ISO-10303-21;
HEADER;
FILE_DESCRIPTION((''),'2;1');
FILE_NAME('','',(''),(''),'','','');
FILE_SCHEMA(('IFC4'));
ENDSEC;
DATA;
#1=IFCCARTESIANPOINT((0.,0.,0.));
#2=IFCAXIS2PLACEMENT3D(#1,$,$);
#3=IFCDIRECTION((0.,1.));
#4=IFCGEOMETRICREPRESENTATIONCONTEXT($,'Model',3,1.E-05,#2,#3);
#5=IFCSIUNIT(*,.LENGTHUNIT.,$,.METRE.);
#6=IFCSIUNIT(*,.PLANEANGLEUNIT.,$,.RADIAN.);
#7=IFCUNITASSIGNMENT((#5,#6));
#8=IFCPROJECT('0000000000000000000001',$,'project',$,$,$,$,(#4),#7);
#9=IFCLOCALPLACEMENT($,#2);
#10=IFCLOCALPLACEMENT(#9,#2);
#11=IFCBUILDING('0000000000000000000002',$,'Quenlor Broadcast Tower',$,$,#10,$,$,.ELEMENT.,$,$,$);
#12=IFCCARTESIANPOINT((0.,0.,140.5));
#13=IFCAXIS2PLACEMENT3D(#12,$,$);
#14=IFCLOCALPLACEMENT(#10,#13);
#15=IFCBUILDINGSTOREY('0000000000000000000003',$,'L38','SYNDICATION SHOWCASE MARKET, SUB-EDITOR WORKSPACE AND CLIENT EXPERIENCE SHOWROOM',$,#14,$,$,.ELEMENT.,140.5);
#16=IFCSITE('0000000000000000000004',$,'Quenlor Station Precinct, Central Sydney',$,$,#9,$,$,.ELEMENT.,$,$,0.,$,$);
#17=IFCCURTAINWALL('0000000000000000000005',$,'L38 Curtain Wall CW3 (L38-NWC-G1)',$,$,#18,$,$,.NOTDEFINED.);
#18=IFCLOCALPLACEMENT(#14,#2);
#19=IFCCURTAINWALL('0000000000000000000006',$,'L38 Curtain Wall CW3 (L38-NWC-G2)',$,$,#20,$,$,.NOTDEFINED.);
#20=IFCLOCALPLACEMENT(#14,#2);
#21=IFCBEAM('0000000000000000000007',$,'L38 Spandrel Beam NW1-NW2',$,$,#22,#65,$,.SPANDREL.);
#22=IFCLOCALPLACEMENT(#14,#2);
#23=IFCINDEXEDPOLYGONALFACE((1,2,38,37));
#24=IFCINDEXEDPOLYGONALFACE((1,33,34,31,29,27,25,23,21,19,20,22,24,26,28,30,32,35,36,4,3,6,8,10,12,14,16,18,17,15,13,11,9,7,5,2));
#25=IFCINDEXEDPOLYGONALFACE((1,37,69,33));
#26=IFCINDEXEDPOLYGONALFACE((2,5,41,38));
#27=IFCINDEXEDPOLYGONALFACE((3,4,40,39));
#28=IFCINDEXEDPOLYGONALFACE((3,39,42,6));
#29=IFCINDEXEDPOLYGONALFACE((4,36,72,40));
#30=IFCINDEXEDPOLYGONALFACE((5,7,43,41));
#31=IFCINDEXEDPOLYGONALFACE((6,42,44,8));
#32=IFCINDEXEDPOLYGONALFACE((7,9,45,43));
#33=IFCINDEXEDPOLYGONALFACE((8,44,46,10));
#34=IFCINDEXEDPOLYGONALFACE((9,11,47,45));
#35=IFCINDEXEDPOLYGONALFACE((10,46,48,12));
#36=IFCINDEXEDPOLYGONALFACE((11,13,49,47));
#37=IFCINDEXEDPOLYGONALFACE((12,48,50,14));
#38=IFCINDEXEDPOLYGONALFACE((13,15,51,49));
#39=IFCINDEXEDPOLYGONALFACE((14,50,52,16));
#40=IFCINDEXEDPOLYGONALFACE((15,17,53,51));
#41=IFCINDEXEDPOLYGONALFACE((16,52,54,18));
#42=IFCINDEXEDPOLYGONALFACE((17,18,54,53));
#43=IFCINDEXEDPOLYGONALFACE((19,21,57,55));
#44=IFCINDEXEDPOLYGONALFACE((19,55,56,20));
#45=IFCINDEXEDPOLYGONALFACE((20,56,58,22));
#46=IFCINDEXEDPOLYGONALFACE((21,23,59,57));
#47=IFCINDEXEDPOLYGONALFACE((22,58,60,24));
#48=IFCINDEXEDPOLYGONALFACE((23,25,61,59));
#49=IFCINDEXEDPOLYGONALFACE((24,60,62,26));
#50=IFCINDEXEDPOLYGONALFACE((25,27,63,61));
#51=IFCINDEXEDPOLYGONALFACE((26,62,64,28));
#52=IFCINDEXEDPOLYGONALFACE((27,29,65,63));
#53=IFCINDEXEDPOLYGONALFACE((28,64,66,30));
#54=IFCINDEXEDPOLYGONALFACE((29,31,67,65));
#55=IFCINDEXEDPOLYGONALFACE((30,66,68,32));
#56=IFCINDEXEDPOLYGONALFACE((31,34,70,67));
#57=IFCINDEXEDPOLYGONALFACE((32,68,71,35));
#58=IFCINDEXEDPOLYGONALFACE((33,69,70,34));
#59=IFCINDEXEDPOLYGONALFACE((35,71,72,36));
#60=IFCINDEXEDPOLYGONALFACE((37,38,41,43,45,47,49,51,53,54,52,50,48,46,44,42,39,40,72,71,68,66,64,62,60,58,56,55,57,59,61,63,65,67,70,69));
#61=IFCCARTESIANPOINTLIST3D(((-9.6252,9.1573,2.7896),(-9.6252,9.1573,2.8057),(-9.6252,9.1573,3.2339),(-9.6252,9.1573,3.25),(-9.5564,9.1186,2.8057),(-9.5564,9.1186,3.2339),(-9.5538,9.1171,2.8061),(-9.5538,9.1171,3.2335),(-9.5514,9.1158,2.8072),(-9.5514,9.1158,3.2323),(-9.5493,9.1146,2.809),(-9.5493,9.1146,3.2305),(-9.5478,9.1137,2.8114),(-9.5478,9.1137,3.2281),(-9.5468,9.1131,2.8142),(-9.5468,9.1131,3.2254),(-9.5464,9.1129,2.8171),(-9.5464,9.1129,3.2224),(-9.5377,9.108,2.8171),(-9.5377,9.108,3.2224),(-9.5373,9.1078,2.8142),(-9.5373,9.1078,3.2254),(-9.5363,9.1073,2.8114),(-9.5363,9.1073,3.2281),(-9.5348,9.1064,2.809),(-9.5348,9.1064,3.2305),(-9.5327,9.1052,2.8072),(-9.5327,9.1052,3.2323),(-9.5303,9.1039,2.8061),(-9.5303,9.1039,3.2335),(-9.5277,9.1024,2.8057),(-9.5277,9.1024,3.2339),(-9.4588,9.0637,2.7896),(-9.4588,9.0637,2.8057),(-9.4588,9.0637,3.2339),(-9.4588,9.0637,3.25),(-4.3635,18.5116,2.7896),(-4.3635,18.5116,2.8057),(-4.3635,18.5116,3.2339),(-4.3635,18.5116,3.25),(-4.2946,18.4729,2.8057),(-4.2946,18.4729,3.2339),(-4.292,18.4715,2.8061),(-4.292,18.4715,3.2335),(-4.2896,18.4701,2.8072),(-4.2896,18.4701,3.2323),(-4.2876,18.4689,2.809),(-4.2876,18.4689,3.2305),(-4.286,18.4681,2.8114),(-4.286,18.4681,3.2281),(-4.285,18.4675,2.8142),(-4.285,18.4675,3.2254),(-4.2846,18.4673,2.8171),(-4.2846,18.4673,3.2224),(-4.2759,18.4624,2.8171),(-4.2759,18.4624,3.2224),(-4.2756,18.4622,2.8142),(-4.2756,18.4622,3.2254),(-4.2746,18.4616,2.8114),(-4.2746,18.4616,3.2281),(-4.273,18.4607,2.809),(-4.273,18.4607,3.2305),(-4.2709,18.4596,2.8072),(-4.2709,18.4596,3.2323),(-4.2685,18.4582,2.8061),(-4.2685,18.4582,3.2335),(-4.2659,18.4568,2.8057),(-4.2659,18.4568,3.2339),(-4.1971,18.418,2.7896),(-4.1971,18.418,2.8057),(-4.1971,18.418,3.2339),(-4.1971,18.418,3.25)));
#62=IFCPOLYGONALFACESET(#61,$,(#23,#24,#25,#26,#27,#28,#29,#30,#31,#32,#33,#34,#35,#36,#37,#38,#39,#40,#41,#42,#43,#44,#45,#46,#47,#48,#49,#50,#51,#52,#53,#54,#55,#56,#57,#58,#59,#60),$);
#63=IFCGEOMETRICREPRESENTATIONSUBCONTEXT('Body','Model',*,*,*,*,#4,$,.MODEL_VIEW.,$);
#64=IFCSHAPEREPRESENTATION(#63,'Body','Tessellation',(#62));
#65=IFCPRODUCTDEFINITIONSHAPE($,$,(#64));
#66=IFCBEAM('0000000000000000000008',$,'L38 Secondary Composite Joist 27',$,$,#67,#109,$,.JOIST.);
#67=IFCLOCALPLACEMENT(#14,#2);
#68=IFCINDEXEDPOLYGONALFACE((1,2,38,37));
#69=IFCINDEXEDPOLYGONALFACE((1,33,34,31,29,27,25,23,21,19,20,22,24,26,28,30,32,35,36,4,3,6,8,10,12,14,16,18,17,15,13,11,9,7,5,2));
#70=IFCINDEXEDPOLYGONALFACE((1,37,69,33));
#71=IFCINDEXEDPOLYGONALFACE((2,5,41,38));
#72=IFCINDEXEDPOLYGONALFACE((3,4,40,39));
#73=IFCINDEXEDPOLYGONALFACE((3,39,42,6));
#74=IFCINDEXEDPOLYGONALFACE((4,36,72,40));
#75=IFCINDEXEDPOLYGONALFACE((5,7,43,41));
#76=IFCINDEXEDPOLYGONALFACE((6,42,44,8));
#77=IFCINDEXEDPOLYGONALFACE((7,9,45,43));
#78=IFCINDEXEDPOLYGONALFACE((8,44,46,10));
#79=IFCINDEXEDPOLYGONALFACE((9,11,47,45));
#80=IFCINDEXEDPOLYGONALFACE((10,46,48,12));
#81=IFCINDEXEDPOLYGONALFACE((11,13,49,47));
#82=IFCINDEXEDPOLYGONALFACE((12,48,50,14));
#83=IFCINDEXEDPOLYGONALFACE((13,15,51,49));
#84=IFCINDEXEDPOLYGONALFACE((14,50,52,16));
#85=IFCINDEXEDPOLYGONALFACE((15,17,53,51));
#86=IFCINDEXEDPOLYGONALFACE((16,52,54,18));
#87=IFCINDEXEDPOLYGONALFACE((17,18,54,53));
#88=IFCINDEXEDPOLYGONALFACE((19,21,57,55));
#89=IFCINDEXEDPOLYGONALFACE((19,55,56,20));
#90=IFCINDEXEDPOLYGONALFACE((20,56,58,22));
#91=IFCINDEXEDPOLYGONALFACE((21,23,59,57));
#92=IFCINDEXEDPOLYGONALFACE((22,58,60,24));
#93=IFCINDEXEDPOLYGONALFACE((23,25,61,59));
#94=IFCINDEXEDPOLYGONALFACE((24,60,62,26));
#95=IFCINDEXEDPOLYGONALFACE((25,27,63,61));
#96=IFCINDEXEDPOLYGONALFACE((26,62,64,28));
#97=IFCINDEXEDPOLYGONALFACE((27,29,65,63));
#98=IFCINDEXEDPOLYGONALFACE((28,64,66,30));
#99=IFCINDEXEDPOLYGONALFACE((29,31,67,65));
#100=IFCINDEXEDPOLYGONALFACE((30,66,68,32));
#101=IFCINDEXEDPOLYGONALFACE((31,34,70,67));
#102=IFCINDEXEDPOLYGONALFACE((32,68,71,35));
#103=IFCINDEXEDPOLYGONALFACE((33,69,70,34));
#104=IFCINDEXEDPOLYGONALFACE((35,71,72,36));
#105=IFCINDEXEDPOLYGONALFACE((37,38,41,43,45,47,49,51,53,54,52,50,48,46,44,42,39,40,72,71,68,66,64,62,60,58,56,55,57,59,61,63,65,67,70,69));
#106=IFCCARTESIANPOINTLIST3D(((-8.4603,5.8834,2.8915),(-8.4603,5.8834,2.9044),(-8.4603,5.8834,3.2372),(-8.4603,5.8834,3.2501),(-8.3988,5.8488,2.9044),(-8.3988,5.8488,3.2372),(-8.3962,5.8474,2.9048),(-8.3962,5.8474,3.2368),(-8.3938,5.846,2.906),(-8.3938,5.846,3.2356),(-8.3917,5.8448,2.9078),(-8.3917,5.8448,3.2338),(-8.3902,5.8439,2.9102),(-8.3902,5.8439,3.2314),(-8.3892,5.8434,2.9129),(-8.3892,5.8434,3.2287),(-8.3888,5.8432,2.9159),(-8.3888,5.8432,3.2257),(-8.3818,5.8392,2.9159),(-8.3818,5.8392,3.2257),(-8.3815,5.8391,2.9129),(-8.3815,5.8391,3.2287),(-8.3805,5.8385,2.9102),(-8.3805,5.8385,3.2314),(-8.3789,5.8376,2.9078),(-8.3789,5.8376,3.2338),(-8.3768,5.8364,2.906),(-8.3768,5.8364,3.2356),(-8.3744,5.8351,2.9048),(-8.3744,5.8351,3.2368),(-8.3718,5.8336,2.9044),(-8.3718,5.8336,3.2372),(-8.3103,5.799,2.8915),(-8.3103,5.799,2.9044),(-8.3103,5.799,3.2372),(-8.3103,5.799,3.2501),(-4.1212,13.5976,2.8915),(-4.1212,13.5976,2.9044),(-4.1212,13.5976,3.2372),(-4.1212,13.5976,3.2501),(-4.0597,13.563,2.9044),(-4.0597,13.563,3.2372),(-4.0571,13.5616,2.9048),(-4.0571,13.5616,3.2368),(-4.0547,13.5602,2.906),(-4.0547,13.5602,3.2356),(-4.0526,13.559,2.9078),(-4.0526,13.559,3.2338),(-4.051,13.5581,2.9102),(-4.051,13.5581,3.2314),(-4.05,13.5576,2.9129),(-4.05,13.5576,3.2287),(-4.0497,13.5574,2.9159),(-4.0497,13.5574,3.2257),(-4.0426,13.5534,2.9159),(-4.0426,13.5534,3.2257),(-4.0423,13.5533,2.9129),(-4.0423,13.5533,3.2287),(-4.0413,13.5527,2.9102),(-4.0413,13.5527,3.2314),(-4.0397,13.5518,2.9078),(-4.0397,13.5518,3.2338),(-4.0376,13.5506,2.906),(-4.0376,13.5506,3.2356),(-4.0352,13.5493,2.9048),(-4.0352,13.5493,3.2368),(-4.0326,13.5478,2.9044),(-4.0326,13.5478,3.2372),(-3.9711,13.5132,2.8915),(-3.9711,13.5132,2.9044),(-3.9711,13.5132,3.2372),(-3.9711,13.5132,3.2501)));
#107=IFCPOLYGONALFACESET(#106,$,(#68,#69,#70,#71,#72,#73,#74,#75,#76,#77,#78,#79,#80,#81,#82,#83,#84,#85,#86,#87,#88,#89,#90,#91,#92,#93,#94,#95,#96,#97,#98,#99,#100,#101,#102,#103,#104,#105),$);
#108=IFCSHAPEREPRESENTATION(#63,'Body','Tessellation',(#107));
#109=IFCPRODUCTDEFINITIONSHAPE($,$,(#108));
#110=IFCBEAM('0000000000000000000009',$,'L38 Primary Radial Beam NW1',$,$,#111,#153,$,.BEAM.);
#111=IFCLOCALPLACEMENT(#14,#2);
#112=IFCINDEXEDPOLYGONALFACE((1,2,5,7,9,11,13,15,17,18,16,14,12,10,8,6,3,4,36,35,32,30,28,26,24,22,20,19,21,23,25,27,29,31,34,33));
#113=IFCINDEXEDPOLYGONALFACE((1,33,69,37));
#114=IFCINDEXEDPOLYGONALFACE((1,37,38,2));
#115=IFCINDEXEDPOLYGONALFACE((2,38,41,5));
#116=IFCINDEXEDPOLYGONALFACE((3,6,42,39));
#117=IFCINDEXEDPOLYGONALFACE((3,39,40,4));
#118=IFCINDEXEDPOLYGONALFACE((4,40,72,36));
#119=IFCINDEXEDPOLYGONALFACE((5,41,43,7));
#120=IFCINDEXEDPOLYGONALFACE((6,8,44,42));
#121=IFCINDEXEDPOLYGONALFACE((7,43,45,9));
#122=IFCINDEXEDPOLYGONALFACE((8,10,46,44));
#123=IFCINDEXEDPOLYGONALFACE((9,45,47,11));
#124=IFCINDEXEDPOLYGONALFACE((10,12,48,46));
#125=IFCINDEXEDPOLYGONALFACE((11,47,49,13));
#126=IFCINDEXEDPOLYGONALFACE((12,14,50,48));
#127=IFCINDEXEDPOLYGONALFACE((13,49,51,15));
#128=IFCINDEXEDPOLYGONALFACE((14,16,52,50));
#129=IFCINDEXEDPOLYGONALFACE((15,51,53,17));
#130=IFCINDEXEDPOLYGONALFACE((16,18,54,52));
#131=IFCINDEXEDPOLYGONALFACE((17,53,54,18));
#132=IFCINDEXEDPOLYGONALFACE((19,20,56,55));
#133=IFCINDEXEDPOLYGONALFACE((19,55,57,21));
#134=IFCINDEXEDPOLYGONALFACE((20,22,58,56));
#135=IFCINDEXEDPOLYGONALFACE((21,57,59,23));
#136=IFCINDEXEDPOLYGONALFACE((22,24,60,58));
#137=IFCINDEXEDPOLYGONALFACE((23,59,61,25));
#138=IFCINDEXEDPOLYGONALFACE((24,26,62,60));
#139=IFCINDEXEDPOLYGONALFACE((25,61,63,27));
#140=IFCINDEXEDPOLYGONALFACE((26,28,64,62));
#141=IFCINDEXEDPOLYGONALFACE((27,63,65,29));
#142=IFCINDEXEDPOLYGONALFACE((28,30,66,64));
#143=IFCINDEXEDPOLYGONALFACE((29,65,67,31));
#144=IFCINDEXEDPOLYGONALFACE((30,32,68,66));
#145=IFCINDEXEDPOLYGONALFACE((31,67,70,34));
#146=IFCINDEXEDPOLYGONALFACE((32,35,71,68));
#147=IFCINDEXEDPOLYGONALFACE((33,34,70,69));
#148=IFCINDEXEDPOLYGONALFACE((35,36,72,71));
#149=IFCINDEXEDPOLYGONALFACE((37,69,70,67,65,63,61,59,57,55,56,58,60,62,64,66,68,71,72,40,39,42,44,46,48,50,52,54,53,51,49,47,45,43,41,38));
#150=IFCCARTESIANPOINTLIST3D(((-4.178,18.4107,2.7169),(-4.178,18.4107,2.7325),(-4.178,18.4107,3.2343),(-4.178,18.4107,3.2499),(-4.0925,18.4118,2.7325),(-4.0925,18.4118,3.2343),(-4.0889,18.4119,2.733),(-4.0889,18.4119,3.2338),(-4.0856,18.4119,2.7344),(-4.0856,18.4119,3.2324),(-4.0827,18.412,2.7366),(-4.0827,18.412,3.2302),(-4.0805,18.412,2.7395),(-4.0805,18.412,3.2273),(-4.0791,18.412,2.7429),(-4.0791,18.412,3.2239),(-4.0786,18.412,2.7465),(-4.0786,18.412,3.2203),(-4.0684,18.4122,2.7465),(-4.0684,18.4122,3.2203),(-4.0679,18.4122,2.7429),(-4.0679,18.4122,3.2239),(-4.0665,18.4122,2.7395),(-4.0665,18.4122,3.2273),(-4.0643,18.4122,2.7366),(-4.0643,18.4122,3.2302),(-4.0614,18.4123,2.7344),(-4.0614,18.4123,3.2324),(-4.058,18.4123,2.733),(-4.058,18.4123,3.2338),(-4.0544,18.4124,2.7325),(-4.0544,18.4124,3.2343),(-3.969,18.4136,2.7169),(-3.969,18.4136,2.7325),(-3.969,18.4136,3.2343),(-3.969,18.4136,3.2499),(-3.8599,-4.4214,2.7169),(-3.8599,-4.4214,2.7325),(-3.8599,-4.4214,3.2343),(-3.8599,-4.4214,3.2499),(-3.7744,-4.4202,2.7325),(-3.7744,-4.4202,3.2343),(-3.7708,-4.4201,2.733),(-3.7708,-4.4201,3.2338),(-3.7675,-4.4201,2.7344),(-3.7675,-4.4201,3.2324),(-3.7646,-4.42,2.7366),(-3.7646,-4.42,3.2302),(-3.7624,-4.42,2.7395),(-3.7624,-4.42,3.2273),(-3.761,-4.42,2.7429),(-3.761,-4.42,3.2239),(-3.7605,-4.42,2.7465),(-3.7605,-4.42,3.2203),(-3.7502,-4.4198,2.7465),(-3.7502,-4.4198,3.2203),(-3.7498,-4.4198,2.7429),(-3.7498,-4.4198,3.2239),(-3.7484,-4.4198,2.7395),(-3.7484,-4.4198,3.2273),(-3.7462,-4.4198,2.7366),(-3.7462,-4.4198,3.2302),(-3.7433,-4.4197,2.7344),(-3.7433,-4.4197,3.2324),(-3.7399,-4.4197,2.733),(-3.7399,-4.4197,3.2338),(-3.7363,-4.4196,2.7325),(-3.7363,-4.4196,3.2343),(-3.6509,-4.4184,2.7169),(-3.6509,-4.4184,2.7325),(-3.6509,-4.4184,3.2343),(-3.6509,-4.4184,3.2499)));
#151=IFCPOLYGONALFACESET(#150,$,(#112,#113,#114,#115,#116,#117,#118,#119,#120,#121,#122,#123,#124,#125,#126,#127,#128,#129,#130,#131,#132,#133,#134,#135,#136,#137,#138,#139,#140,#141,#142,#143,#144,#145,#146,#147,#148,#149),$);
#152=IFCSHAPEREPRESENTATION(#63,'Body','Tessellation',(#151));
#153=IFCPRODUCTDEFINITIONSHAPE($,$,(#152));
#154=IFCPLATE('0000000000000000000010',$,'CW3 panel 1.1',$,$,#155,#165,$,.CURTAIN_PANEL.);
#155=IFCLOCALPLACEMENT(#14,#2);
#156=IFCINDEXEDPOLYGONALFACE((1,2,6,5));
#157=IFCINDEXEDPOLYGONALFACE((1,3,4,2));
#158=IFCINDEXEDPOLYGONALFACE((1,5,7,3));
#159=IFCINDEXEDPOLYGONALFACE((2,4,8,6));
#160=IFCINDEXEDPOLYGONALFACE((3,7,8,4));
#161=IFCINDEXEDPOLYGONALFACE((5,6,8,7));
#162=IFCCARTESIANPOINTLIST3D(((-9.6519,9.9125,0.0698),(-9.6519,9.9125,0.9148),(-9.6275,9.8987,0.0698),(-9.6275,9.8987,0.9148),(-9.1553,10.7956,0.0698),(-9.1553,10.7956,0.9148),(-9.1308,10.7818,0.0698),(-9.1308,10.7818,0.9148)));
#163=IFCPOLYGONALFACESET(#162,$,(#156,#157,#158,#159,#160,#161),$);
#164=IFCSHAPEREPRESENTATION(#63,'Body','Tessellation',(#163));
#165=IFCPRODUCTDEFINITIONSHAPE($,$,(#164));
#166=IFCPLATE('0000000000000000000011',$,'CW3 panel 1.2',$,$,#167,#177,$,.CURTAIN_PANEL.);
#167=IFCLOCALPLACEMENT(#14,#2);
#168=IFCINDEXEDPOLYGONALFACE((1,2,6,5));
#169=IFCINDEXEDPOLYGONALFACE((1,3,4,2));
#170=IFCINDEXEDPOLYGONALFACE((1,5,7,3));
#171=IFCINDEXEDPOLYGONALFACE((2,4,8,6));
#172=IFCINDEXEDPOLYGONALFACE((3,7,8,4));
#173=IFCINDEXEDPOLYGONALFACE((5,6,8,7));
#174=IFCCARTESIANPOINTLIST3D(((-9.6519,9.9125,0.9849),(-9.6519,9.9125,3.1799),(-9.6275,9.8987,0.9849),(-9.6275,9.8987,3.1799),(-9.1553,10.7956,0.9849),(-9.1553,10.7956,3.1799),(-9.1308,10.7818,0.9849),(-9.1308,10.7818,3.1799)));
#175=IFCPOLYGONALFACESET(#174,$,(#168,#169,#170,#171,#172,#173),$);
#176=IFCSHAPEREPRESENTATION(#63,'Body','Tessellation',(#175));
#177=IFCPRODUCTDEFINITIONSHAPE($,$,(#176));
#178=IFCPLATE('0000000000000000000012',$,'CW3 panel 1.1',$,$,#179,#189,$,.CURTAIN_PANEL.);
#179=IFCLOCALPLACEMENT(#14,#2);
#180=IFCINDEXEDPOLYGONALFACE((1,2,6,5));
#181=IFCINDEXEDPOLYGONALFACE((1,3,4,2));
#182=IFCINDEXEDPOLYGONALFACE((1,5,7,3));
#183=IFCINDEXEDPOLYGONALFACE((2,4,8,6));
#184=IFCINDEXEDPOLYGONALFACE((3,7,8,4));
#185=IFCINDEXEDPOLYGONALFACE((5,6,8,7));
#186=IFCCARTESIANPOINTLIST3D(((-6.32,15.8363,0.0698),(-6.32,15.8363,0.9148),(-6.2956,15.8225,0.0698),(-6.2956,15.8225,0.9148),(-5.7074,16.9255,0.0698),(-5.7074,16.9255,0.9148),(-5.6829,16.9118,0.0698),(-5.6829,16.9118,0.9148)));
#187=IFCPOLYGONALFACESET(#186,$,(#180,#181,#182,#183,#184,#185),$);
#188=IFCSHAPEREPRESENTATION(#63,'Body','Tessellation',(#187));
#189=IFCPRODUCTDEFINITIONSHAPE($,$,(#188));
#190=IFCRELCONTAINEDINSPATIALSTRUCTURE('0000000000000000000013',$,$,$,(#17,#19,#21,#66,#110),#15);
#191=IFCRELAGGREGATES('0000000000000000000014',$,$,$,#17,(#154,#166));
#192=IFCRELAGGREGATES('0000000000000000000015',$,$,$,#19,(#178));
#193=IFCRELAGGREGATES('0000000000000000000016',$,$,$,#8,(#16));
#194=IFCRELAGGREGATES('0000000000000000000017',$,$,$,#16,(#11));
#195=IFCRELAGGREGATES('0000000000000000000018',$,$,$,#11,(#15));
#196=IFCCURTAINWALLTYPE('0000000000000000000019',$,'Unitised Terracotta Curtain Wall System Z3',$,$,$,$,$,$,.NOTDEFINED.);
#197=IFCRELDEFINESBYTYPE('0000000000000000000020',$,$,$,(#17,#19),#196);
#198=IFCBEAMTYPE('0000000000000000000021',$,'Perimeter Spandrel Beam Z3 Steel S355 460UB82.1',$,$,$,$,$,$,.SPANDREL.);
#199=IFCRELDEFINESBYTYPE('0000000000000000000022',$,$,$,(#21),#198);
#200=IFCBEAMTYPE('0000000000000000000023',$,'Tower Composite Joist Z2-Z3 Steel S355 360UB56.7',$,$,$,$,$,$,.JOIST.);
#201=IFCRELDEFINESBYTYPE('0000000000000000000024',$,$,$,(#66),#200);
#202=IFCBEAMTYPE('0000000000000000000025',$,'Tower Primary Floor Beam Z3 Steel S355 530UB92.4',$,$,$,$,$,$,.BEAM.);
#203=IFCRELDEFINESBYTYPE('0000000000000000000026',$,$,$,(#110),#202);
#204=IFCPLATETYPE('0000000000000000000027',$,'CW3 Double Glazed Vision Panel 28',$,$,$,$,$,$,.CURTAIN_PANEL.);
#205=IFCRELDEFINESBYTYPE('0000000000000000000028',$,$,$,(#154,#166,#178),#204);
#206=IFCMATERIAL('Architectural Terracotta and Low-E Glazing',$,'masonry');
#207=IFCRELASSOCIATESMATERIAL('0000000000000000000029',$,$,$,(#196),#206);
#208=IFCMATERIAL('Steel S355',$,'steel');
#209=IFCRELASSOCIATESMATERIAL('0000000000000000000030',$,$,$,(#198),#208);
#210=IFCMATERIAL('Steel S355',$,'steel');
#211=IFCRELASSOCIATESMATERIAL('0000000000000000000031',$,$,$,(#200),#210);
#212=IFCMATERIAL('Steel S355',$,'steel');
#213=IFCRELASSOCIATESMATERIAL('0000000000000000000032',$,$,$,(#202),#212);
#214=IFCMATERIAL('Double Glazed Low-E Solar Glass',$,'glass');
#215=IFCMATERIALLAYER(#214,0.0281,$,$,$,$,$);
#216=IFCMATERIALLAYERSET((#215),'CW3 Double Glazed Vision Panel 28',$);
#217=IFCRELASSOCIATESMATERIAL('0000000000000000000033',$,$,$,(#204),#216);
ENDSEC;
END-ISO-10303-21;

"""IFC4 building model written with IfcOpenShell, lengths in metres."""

from ifc_helpers import new_model, si_unit, direction, frame, origin, origin_2d, place, context, subcontext, project, spatial, rectangle, i_section, extrude, material, layer, layer_set, material_profile, profile_set, type_object, element, aggregate, save


model = new_model("IFC4")

# Units and contexts
model_context = context("Model", 3, precision=1e-05, world=origin(), true_north=direction((0.0, 1.0)))
body_context = subcontext(model_context, "Body", "Model", "MODEL_VIEW")
ifc_project = project(units=[si_unit("LENGTHUNIT", "METRE"), si_unit("PLANEANGLEUNIT", "RADIAN")], contexts=[model_context])

# Site, building, storey
site_placement = place(None, origin())
site = spatial("IfcSite", under=ifc_project, at=site_placement, Name="Quenlor Station Precinct, Central Sydney", CompositionType="ELEMENT", RefElevation=0.0)
building_placement = place(site_placement, origin())
building = spatial("IfcBuilding", under=site, at=building_placement, Name="Quenlor Broadcast Tower", CompositionType="ELEMENT")
storey_placement = place(building_placement, frame((0.0, 0.0, 140.5)))
storey = spatial("IfcBuildingStorey", under=building, at=storey_placement, Name="L38", Description="SYNDICATION SHOWCASE MARKET, SUB-EDITOR WORKSPACE AND CLIENT EXPERIENCE SHOWROOM", CompositionType="ELEMENT", Elevation=140.5)

# Curtain wall
ifc_material_1 = material(Name="Architectural Terracotta and Low-E Glazing", Category="masonry")
curtain_wall_type = type_object("IfcCurtainWallType", Name="Unitised Terracotta Curtain Wall System Z3", PredefinedType="NOTDEFINED", material=ifc_material_1)
curtain_wall_1_placement = place(storey_placement, origin())
curtain_wall_1 = element("IfcCurtainWall", 1, at=curtain_wall_1_placement, inside=storey, type_object=curtain_wall_type, Name="L38 Curtain Wall CW3 (L38-NWC-G1)", PredefinedType="NOTDEFINED")

# Curtain wall
curtain_wall_2_placement = place(storey_placement, origin())
curtain_wall_2 = element("IfcCurtainWall", 2, at=curtain_wall_2_placement, inside=storey, type_object=curtain_wall_type, Name="L38 Curtain Wall CW3 (L38-NWC-G2)", PredefinedType="NOTDEFINED")

# Beams
ifc_material_2 = material(Name="Steel S355", Category="steel")
ifc_material_profile_1 = material_profile(ifc_material_2, i_section(OverallWidth=0.1909, OverallDepth=0.4604, WebThickness=0.01, FlangeThickness=0.0161, FilletRadius=0.0115, at=origin_2d()))
ifc_profile_set_1 = profile_set([ifc_material_profile_1], Name="Steel S355 460UB82.1")
beam_type_1 = type_object("IfcBeamType", Name="Perimeter Spandrel Beam Z3 Steel S355 460UB82.1", PredefinedType="SPANDREL", material=ifc_profile_set_1)
beam_1_placement = place(storey_placement, frame((-4.2803, 18.4648, 3.0198), z_axis=(-0.490258, -0.871577, 0.0), x_axis=(0.871577, -0.490258, 0.0)))
element("IfcBeam", 3, at=beam_1_placement, inside=storey, type_object=beam_type_1, Name="L38 Spandrel Beam NW1-NW2", PredefinedType="SPANDREL", context=body_context, shape_type="SweptSolid", body=[
    extrude(i_section(OverallWidth=0.1909, OverallDepth=0.4604, WebThickness=0.01, FlangeThickness=0.0161, FilletRadius=0.0115, at=origin_2d()), origin(), (0.0, 0.0, 1.0), 10.7327),
])
ifc_material_3 = material(Name="Steel S355", Category="steel")
ifc_material_profile_2 = material_profile(ifc_material_3, i_section(OverallWidth=0.1721, OverallDepth=0.3586, WebThickness=0.0081, FlangeThickness=0.0129, FilletRadius=0.0115, at=origin_2d()))
ifc_profile_set_2 = profile_set([ifc_material_profile_2], Name="Steel S355 360UB56.7")
beam_type_2 = type_object("IfcBeamType", Name="Tower Composite Joist Z2-Z3 Steel S355 360UB56.7", PredefinedType="JOIST", material=ifc_profile_set_2)
beam_2_placement = place(storey_placement, frame((-4.0461, 13.5554, 3.0708), z_axis=(-0.490255, -0.871579, 0.0), x_axis=(0.871579, -0.490255, 0.0)))
element("IfcBeam", 4, at=beam_2_placement, inside=storey, type_object=beam_type_2, Name="L38 Secondary Composite Joist 27", PredefinedType="JOIST", context=body_context, shape_type="SweptSolid", body=[
    extrude(i_section(OverallWidth=0.1721, OverallDepth=0.3586, WebThickness=0.0081, FlangeThickness=0.0129, FilletRadius=0.0115, at=origin_2d()), origin(), (0.0, 0.0, 1.0), 8.8508),
])
ifc_material_4 = material(Name="Steel S355", Category="steel")
ifc_material_profile_3 = material_profile(ifc_material_4, i_section(OverallWidth=0.209, OverallDepth=0.533, WebThickness=0.0103, FlangeThickness=0.0156, FilletRadius=0.0139, at=origin_2d()))
ifc_profile_set_3 = profile_set([ifc_material_profile_3], Name="Steel S355 530UB92.4")
beam_type_3 = type_object("IfcBeamType", Name="Tower Primary Floor Beam Z3 Steel S355 530UB92.4", PredefinedType="BEAM", material=ifc_profile_set_3)
beam_3_placement = place(storey_placement, frame((-4.0735, 18.4121, 2.9834), z_axis=(0.013931, -0.999903, 0.0), x_axis=(0.999903, 0.013931, 0.0)))
element("IfcBeam", 5, at=beam_3_placement, inside=storey, type_object=beam_type_3, Name="L38 Primary Radial Beam NW1", PredefinedType="BEAM", context=body_context, shape_type="SweptSolid", body=[
    extrude(i_section(OverallWidth=0.209, OverallDepth=0.533, WebThickness=0.0103, FlangeThickness=0.0156, FilletRadius=0.0139, at=origin_2d()), origin(), (0.0, 0.0, 1.0), 22.8342),
])

# Plates
ifc_material_5 = material(Name="Double Glazed Low-E Solar Glass", Category="glass")
ifc_layer_1 = layer(ifc_material_5, 0.0281)
ifc_layer_set_1 = layer_set([ifc_layer_1], Name="CW3 Double Glazed Vision Panel 28")
plate_type_1 = type_object("IfcPlateType", Name="CW3 Double Glazed Vision Panel 28", PredefinedType="CURTAIN_PANEL", material=ifc_layer_set_1)
plate_1_placement = place(storey_placement, frame((-9.3914, 10.3472, 0.0698), z_axis=(0.0, 0.0, 1.0), x_axis=(0.490216, 0.871601, 0.0)))
plate_1 = element("IfcPlate", 6, at=plate_1_placement, type_object=plate_type_1, Name="CW3 panel 1.1", PredefinedType="CURTAIN_PANEL", context=body_context, shape_type="SweptSolid", body=[
    extrude(rectangle(XDim=1.0132, YDim=0.0281, at=origin_2d()), origin(), (0.0, 0.0, 1.0), 0.845),
])
plate_2_placement = place(storey_placement, frame((-9.3914, 10.3472, 0.9849), z_axis=(0.0, 0.0, 1.0), x_axis=(0.490216, 0.871601, 0.0)))
plate_2 = element("IfcPlate", 7, at=plate_2_placement, type_object=plate_type_1, Name="CW3 panel 1.2", PredefinedType="CURTAIN_PANEL", context=body_context, shape_type="SweptSolid", body=[
    extrude(rectangle(XDim=1.0132, YDim=0.0281, at=origin_2d()), origin(), (0.0, 0.0, 1.0), 2.1951),
])
aggregate(curtain_wall_1, [plate_1, plate_2])
plate_3_placement = place(storey_placement, frame((-6.0015, 16.374, 0.0698), z_axis=(0.0, 0.0, 1.0), x_axis=(0.49023, 0.871593, 0.0)))
plate_3 = element("IfcPlate", 8, at=plate_3_placement, type_object=plate_type_1, Name="CW3 panel 1.1", PredefinedType="CURTAIN_PANEL", context=body_context, shape_type="SweptSolid", body=[
    extrude(rectangle(XDim=1.2498, YDim=0.0281, at=origin_2d()), origin(), (0.0, 0.0, 1.0), 0.845),
])
aggregate(curtain_wall_2, [plate_3])

save(model, "model.ifc")
